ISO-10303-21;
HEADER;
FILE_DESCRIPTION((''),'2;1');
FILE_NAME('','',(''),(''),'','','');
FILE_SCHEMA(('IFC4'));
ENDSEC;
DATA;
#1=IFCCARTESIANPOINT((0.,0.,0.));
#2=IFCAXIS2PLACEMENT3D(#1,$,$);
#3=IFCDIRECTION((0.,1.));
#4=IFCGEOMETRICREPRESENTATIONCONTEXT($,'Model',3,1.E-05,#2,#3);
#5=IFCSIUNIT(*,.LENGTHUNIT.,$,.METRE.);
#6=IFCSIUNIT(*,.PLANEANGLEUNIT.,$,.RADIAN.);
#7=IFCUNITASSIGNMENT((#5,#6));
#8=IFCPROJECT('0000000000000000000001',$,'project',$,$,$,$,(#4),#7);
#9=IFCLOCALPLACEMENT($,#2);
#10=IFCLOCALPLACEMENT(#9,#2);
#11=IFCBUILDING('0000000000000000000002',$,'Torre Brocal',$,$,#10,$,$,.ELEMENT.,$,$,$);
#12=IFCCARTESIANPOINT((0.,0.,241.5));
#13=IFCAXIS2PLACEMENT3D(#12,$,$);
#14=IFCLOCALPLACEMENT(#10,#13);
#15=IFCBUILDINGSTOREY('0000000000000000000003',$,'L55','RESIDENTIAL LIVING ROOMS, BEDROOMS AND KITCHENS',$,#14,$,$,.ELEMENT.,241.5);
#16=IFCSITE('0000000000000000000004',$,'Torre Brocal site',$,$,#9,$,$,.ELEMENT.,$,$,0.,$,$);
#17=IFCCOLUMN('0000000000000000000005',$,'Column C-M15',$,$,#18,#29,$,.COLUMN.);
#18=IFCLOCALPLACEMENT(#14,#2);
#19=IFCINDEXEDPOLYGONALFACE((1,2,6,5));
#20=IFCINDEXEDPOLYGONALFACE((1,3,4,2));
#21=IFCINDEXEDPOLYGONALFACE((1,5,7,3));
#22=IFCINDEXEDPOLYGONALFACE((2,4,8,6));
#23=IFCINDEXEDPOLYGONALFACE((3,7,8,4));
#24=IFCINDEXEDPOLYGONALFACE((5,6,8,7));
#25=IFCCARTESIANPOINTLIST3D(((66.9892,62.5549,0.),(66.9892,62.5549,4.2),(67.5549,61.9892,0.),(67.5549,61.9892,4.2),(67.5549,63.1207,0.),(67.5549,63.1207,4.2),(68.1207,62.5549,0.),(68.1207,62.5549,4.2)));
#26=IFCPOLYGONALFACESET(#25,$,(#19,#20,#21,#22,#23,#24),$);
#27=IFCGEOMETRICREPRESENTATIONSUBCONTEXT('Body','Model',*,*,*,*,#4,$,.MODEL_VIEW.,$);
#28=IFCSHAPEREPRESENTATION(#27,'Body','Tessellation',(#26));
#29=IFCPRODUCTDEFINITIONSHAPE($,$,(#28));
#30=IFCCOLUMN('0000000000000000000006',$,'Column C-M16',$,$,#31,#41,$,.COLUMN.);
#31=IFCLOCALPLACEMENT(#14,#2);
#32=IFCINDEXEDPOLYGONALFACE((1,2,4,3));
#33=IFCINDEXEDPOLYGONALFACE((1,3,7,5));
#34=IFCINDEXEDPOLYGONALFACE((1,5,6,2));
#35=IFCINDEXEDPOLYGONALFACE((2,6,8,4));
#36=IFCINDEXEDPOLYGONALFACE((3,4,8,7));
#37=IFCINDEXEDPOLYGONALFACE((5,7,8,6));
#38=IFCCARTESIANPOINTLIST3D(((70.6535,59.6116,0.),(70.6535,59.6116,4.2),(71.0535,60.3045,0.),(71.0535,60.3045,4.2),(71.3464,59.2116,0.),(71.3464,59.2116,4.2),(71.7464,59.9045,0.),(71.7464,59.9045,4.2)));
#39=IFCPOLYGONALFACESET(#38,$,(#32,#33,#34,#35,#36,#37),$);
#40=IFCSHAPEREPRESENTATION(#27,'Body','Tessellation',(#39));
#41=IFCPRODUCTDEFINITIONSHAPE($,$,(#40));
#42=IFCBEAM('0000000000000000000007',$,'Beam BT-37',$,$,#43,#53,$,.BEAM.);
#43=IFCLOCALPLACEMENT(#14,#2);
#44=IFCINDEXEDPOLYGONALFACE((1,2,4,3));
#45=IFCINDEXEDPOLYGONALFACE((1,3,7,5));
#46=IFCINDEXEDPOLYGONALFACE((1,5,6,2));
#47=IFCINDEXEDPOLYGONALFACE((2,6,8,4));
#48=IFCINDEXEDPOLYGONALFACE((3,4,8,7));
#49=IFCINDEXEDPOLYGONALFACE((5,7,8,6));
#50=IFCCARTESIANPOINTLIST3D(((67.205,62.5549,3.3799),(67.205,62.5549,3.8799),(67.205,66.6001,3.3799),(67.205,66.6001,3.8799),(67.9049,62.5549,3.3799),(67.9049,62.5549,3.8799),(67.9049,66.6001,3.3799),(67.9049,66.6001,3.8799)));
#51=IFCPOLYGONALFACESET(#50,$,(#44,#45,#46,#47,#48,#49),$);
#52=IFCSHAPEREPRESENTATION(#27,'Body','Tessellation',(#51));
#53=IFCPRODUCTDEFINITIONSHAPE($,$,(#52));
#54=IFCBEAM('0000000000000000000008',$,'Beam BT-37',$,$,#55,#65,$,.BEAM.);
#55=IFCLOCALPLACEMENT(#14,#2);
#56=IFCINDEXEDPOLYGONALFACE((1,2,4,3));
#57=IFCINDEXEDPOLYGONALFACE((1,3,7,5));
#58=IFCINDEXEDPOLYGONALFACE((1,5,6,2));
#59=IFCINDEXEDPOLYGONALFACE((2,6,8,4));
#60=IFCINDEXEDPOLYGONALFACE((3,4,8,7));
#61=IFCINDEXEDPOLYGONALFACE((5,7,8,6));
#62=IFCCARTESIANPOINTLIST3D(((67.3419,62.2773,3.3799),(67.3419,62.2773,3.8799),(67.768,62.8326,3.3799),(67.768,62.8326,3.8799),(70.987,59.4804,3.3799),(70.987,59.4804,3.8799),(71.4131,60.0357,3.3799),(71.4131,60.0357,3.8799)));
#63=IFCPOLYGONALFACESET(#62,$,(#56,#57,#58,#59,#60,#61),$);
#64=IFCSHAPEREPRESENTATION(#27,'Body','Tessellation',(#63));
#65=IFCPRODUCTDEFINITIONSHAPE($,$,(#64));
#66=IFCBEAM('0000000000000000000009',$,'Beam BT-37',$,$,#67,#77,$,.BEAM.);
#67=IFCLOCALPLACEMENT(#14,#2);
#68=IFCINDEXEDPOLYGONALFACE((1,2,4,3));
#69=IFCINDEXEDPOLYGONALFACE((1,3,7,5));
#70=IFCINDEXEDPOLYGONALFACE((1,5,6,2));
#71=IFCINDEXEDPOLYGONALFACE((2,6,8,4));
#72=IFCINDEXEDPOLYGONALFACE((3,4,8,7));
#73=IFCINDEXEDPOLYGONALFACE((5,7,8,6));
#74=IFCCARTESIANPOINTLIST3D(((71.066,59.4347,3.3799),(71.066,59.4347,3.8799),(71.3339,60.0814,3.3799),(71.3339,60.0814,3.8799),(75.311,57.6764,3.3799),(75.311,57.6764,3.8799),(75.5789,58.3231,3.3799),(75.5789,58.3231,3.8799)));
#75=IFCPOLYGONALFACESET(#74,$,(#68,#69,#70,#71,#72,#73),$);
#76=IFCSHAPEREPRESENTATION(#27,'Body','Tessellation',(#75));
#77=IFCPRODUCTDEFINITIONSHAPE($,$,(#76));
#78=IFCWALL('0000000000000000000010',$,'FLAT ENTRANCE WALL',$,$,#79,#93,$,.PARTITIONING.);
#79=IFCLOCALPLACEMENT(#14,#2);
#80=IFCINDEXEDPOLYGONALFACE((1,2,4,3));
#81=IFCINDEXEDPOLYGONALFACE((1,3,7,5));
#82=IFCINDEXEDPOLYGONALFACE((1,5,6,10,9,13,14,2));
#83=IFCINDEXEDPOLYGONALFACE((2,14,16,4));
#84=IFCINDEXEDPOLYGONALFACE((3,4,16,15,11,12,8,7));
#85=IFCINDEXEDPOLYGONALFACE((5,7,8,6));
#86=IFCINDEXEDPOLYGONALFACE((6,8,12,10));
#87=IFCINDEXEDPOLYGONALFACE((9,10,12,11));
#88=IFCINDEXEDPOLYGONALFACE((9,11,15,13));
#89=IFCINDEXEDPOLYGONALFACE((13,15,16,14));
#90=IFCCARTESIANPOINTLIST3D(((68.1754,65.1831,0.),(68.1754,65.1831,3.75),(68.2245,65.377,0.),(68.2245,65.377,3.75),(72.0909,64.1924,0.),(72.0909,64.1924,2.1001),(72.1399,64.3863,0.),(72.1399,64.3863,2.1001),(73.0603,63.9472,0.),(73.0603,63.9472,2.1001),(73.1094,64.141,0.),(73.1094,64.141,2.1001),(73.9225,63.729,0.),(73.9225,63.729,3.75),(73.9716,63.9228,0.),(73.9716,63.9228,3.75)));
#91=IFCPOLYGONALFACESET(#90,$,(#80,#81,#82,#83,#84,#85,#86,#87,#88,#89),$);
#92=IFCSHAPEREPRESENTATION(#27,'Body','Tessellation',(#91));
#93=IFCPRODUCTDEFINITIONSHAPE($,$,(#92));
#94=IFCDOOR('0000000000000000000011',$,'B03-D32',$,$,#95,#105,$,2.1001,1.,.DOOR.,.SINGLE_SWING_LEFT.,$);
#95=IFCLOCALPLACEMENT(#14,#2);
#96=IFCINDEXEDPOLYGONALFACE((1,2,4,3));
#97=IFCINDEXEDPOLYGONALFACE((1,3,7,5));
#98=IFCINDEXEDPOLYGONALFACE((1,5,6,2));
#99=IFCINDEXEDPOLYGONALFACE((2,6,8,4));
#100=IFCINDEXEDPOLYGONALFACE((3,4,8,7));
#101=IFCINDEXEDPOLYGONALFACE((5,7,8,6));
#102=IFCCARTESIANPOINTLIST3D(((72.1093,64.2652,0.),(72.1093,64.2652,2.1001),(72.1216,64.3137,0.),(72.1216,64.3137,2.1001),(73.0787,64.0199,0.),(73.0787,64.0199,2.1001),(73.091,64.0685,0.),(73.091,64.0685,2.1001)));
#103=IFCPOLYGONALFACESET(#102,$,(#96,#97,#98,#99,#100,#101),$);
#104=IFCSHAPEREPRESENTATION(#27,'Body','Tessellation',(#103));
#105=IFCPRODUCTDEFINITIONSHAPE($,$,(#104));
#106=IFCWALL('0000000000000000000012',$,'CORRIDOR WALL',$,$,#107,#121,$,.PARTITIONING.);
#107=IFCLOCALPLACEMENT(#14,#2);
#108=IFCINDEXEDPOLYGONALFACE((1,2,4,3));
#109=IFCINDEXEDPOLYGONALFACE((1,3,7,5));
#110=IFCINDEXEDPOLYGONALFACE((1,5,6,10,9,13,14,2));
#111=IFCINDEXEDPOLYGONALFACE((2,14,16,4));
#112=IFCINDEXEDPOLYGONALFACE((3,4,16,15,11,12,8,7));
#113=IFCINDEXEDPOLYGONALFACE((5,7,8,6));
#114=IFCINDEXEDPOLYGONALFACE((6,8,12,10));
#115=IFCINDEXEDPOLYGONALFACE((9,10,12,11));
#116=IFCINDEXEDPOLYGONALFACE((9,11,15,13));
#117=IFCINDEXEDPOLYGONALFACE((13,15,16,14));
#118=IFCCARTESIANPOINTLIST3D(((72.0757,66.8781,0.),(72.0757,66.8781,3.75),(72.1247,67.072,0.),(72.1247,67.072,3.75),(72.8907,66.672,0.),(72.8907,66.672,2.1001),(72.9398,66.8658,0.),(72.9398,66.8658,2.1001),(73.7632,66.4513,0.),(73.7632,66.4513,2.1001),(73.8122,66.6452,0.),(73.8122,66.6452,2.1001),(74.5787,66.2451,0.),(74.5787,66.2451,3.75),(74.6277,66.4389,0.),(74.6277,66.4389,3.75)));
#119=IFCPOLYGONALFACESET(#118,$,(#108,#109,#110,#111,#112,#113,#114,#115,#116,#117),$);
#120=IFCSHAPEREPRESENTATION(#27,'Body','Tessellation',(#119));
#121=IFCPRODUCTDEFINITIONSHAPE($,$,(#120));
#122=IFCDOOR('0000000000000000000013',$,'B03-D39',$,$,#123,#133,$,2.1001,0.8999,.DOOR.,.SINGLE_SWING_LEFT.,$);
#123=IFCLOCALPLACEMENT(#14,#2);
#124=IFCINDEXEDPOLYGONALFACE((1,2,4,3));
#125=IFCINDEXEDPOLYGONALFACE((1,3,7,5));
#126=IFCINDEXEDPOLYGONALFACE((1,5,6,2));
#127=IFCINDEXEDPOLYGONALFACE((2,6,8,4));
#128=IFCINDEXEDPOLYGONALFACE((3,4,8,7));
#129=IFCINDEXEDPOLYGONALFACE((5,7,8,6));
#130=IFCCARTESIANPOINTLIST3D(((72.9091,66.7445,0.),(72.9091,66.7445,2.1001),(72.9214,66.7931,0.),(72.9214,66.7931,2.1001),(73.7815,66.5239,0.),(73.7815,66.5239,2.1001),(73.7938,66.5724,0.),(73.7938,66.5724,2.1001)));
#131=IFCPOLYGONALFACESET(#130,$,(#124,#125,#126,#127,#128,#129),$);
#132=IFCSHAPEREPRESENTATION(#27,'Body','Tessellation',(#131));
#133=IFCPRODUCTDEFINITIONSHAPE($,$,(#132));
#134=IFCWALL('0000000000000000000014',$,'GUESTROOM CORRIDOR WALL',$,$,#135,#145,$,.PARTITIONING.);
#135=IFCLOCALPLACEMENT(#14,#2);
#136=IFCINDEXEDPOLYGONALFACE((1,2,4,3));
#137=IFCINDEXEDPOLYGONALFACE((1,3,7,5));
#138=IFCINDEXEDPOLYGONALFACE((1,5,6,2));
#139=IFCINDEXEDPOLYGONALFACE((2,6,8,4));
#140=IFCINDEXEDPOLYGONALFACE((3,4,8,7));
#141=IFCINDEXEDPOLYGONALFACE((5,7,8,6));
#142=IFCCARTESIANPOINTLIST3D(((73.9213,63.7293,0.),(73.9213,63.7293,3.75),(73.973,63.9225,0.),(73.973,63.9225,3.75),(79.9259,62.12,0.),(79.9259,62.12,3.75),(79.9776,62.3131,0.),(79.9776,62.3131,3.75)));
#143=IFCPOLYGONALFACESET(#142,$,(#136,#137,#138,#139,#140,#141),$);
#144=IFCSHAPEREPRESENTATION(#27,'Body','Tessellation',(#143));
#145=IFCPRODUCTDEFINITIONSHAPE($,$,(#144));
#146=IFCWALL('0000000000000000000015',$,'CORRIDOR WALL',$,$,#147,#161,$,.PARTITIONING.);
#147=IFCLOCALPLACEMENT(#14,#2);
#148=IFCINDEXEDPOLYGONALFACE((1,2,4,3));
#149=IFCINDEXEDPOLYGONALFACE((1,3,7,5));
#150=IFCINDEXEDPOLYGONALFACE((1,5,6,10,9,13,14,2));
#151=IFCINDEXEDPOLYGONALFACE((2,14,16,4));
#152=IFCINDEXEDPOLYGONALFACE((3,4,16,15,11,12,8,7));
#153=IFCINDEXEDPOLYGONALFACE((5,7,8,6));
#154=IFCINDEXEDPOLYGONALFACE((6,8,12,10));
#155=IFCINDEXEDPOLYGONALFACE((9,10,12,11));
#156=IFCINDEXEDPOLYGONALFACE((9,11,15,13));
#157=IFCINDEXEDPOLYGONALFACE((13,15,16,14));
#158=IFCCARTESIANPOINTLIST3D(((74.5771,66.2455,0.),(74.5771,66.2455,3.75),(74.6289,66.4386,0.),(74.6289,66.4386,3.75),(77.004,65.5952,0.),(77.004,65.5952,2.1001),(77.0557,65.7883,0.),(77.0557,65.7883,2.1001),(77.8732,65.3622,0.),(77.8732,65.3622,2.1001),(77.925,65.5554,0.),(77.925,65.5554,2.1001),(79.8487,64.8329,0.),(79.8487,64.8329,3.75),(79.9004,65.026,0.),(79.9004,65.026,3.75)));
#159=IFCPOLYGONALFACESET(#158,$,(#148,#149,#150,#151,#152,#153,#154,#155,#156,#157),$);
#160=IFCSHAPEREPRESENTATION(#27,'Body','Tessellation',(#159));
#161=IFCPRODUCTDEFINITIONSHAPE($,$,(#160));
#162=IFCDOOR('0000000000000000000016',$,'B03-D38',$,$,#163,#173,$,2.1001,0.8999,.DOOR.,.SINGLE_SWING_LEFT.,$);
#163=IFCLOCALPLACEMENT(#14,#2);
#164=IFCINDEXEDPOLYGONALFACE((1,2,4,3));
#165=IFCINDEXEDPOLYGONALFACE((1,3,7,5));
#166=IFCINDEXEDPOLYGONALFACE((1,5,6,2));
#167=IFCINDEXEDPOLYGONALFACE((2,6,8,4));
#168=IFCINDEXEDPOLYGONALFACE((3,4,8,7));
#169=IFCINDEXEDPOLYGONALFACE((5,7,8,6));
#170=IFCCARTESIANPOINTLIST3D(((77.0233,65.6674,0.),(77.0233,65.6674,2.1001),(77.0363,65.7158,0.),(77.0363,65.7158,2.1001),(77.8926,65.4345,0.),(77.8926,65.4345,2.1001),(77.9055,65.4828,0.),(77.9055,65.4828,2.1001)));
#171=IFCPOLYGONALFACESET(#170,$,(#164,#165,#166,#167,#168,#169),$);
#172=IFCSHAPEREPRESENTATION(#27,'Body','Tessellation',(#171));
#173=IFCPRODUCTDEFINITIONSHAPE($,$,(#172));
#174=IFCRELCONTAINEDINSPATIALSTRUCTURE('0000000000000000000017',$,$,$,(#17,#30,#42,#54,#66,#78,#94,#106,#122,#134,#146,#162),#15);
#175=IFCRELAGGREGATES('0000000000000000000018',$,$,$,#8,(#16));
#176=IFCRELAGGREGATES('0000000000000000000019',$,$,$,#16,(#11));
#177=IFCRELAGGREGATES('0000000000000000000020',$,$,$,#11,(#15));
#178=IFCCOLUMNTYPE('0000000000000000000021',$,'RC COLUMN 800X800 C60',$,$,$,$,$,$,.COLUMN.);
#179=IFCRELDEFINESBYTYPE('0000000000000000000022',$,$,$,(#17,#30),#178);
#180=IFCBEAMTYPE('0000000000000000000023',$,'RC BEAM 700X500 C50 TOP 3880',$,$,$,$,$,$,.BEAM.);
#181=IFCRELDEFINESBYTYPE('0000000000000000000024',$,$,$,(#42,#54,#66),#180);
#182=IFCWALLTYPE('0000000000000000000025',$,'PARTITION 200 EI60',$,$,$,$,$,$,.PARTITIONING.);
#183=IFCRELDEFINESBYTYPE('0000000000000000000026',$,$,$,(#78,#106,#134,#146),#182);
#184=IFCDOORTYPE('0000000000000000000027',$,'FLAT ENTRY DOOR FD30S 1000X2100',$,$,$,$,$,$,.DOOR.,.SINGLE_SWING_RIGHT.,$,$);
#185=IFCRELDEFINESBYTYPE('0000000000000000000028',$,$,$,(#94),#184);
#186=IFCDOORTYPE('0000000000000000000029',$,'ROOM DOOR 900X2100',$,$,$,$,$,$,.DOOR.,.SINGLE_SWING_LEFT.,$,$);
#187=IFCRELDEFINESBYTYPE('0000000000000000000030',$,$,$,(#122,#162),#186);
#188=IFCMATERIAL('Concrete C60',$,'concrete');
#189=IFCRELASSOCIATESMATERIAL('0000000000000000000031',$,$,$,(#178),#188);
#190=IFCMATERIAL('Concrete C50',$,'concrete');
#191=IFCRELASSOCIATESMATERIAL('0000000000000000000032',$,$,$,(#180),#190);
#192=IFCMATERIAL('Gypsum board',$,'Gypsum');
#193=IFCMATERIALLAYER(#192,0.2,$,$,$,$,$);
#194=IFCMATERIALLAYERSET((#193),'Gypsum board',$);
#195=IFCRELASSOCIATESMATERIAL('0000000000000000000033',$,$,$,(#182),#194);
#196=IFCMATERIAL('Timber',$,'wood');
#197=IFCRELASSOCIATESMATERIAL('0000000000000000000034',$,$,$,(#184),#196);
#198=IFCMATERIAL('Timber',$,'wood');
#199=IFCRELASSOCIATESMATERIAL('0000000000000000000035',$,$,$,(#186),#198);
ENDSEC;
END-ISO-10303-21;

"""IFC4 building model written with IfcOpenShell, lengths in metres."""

from ifc_helpers import new_model, si_unit, direction, frame, frame_2d, origin, origin_2d, place, context, subcontext, project, spatial, rectangle, extrude, material, layer, layer_set, material_profile, profile_set, type_object, element, fill, save


model = new_model("IFC4")

# Units and contexts
model_context = context("Model", 3, precision=1e-05, world=origin(), true_north=direction((0.0, 1.0)))
body_context = subcontext(model_context, "Body", "Model", "MODEL_VIEW")
ifc_project = project(units=[si_unit("LENGTHUNIT", "METRE"), si_unit("PLANEANGLEUNIT", "RADIAN")], contexts=[model_context])

# Site, building, storey
site_placement = place(None, origin())
site = spatial("IfcSite", under=ifc_project, at=site_placement, Name="Torre Brocal site", CompositionType="ELEMENT", RefElevation=0.0)
building_placement = place(site_placement, origin())
building = spatial("IfcBuilding", under=site, at=building_placement, Name="Torre Brocal", CompositionType="ELEMENT")
storey_placement = place(building_placement, frame((0.0, 0.0, 241.5)))
storey = spatial("IfcBuildingStorey", under=building, at=storey_placement, Name="L55", Description="RESIDENTIAL LIVING ROOMS, BEDROOMS AND KITCHENS", CompositionType="ELEMENT", Elevation=241.5)

# Columns
ifc_material_1 = material(Name="Concrete C60", Category="concrete")
ifc_material_profile_1 = material_profile(ifc_material_1, rectangle(XDim=0.8, YDim=0.8, at=origin_2d()), Name="RC 800X800")
ifc_profile_set_1 = profile_set([ifc_material_profile_1], Name="Concrete C60")
column_type = type_object("IfcColumnType", Name="RC COLUMN 800X800 C60", PredefinedType="COLUMN", material=ifc_profile_set_1)
for number, where, z_axis, x_axis, name in (
    (1, (67.5549, 62.5549, 0.0), (0.0, 0.0, 1.0), (-0.707107, -0.707107, 0.0), "Column C-M15"),
    (2, (71.2, 59.7581, 0.0), (0.0, 0.0, 1.0), (-0.5, -0.866025, 0.0), "Column C-M16"),
):
    element("IfcColumn", number, at=place(storey_placement, frame(where, z_axis=z_axis, x_axis=x_axis)), inside=storey, type_object=column_type, Name=name, PredefinedType="COLUMN", context=body_context, shape_type="SweptSolid", body=[
        extrude(rectangle(XDim=0.8, YDim=0.8, at=origin_2d()), origin(), (0.0, 0.0, 1.0), 4.2),
    ])

# Beams
ifc_material_2 = material(Name="Concrete C50", Category="concrete")
ifc_material_profile_2 = material_profile(ifc_material_2, rectangle(XDim=0.7, YDim=0.5, at=origin_2d()), Name="RC 700X500")
ifc_profile_set_2 = profile_set([ifc_material_profile_2], Name="Concrete C50")
beam_type = type_object("IfcBeamType", Name="RC BEAM 700X500 C50 TOP 3880", PredefinedType="BEAM", material=ifc_profile_set_2)
beam_1_placement = place(storey_placement, frame((67.5549, 62.5549, 3.6299), z_axis=(0.0, 1.0, 0.0), x_axis=(-1.0, 0.0, 0.0)))
element("IfcBeam", 3, at=beam_1_placement, inside=storey, type_object=beam_type, Name="Beam BT-37", PredefinedType="BEAM", context=body_context, shape_type="SweptSolid", body=[
    extrude(rectangle(XDim=0.7, YDim=0.5, at=origin_2d()), origin(), (0.0, 0.0, 1.0), 4.0452),
])
beam_2_placement = place(storey_placement, frame((67.5549, 62.5549, 3.6299), z_axis=(0.793358, -0.608755, 0.0), x_axis=(0.608755, 0.793358, 0.0)))
element("IfcBeam", 4, at=beam_2_placement, inside=storey, type_object=beam_type, Name="Beam BT-37", PredefinedType="BEAM", context=body_context, shape_type="SweptSolid", body=[
    extrude(rectangle(XDim=0.7, YDim=0.5, at=origin_2d()), origin(), (0.0, 0.0, 1.0), 4.5945),
])
beam_3_placement = place(storey_placement, frame((71.2, 59.7581, 3.6299), z_axis=(0.923878, -0.382687, 0.0), x_axis=(0.382687, 0.923878, 0.0)))
element("IfcBeam", 5, at=beam_3_placement, inside=storey, type_object=beam_type, Name="Beam BT-37", PredefinedType="BEAM", context=body_context, shape_type="SweptSolid", body=[
    extrude(rectangle(XDim=0.7, YDim=0.5, at=origin_2d()), origin(), (0.0, 0.0, 1.0), 4.5947),
])

# Walls, openings, doors
ifc_material_3 = material(Name="Gypsum board", Category="Gypsum")
ifc_layer_1 = layer(ifc_material_3, 0.2)
ifc_layer_set_1 = layer_set([ifc_layer_1], Name="Gypsum board")
wall_type_1 = type_object("IfcWallType", Name="PARTITION 200 EI60", PredefinedType="PARTITIONING", material=ifc_layer_set_1)
wall_1_placement = place(storey_placement, frame((68.2, 65.28, 0.0), z_axis=(0.0, 0.0, 1.0), x_axis=(0.969451, -0.245287, 0.0)))
wall_1 = element("IfcWall", 6, at=wall_1_placement, inside=storey, type_object=wall_type_1, Name="FLAT ENTRANCE WALL", PredefinedType="PARTITIONING", context=body_context, shape_type="SweptSolid", body=[
    extrude(rectangle(XDim=5.9282, YDim=0.2, at=frame_2d((2.9641, 0.0))), origin(), (0.0, 0.0, 1.0), 3.75),
])
opening_1_placement = place(wall_1_placement, frame((4.0388, 0.0, 0.0)))
opening_1 = element("IfcOpeningElement", 7, at=opening_1_placement, cuts=wall_1, PredefinedType="OPENING", context=body_context, shape_type="SweptSolid", body=[
    extrude(rectangle(XDim=1.0, YDim=2.1001, at=frame_2d((0.5, 1.05))), frame((0.0, 0.1099, 0.0), z_axis=(0.0, -1.0, 0.0), x_axis=(1.0, 0.0, 0.0)), (0.0, 0.0, 1.0), 0.22),
])
ifc_material_4 = material(Name="Timber", Category="wood")
door_type_1 = type_object("IfcDoorType", Name="FLAT ENTRY DOOR FD30S 1000X2100", OperationType="SINGLE_SWING_RIGHT", PredefinedType="DOOR", material=ifc_material_4)
door_1_placement = place(opening_1_placement, frame((1.0, 0.0, 0.0), z_axis=(0.0, 0.0, 1.0), x_axis=(-1.0, 0.0, 0.0)))
door_1 = element("IfcDoor", 8, at=door_1_placement, inside=storey, type_object=door_type_1, Name="B03-D32", OperationType="SINGLE_SWING_LEFT", OverallHeight=2.1001, OverallWidth=1.0, PredefinedType="DOOR", context=body_context, shape_type="SweptSolid", body=[
    extrude(rectangle(XDim=1.0, YDim=2.1001, at=frame_2d((0.5, 1.05))), frame((0.0, 0.0249, 0.0), z_axis=(0.0, -1.0, 0.0), x_axis=(1.0, 0.0, 0.0)), (0.0, 0.0, 1.0), 0.05),
])
fill(opening_1, door_1)
wall_2_placement = place(storey_placement, frame((72.1001, 66.9751, 0.0), z_axis=(0.0, 0.0, 1.0), x_axis=(0.969471, -0.245205, 0.0)))
wall_2 = element("IfcWall", 9, at=wall_2_placement, inside=storey, type_object=wall_type_1, Name="CORRIDOR WALL", PredefinedType="PARTITIONING", context=body_context, shape_type="SweptSolid", body=[
    extrude(rectangle(XDim=2.5818, YDim=0.2, at=frame_2d((1.291, 0.0))), origin(), (0.0, 0.0, 1.0), 3.75),
])
opening_2_placement = place(wall_2_placement, frame((0.8408, 0.0, 0.0)))
opening_2 = element("IfcOpeningElement", 10, at=opening_2_placement, cuts=wall_2, PredefinedType="OPENING", context=body_context, shape_type="SweptSolid", body=[
    extrude(rectangle(XDim=0.8999, YDim=2.1001, at=frame_2d((0.45, 1.05))), frame((0.0, 0.1099, 0.0), z_axis=(0.0, -1.0, 0.0), x_axis=(1.0, 0.0, 0.0)), (0.0, 0.0, 1.0), 0.22),
])
ifc_material_5 = material(Name="Timber", Category="wood")
door_type_2 = type_object("IfcDoorType", Name="ROOM DOOR 900X2100", OperationType="SINGLE_SWING_LEFT", PredefinedType="DOOR", material=ifc_material_5)
door_2_placement = place(opening_2_placement, origin())
door_2 = element("IfcDoor", 11, at=door_2_placement, inside=storey, type_object=door_type_2, Name="B03-D39", OperationType="SINGLE_SWING_LEFT", OverallHeight=2.1001, OverallWidth=0.8999, PredefinedType="DOOR", context=body_context, shape_type="SweptSolid", body=[
    extrude(rectangle(XDim=0.8999, YDim=2.1001, at=frame_2d((0.45, 1.05))), frame((0.0, 0.0249, 0.0), z_axis=(0.0, -1.0, 0.0), x_axis=(1.0, 0.0, 0.0)), (0.0, 0.0, 1.0), 0.05),
])
fill(opening_2, door_2)

# Wall
wall_3_placement = place(storey_placement, frame((73.947, 63.8259, 0.0), z_axis=(0.0, 0.0, 1.0), x_axis=(0.965908, -0.258885, 0.0)))
element("IfcWall", 12, at=wall_3_placement, inside=storey, type_object=wall_type_1, Name="GUESTROOM CORRIDOR WALL", PredefinedType="PARTITIONING", context=body_context, shape_type="SweptSolid", body=[
    extrude(rectangle(XDim=6.2166, YDim=0.2, at=frame_2d((3.1084, 0.0))), origin(), (0.0, 0.0, 1.0), 3.75),
])

# Wall, opening, door
wall_4_placement = place(storey_placement, frame((74.603, 66.342, 0.0), z_axis=(0.0, 0.0, 1.0), x_axis=(0.965921, -0.258837, 0.0)))
wall_4 = element("IfcWall", 13, at=wall_4_placement, inside=storey, type_object=wall_type_1, Name="CORRIDOR WALL", PredefinedType="PARTITIONING", context=body_context, shape_type="SweptSolid", body=[
    extrude(rectangle(XDim=5.4575, YDim=0.2, at=frame_2d((2.7288, 0.0))), origin(), (0.0, 0.0, 1.0), 3.75),
])
opening_3_placement = place(wall_4_placement, frame((2.5125, 0.0, 0.0)))
opening_3 = element("IfcOpeningElement", 14, at=opening_3_placement, cuts=wall_4, PredefinedType="OPENING", context=body_context, shape_type="SweptSolid", body=[
    extrude(rectangle(XDim=0.8999, YDim=2.1001, at=frame_2d((0.45, 1.05))), frame((0.0, 0.1099, 0.0), z_axis=(0.0, -1.0, 0.0), x_axis=(1.0, 0.0, 0.0)), (0.0, 0.0, 1.0), 0.22),
])
door_3_placement = place(opening_3_placement, origin())
door_3 = element("IfcDoor", 15, at=door_3_placement, inside=storey, type_object=door_type_2, Name="B03-D38", OperationType="SINGLE_SWING_LEFT", OverallHeight=2.1001, OverallWidth=0.8999, PredefinedType="DOOR", context=body_context, shape_type="SweptSolid", body=[
    extrude(rectangle(XDim=0.8999, YDim=2.1001, at=frame_2d((0.45, 1.05))), frame((0.0, 0.0249, 0.0), z_axis=(0.0, -1.0, 0.0), x_axis=(1.0, 0.0, 0.0)), (0.0, 0.0, 1.0), 0.05),
])
fill(opening_3, door_3)

save(model, "model.ifc")
